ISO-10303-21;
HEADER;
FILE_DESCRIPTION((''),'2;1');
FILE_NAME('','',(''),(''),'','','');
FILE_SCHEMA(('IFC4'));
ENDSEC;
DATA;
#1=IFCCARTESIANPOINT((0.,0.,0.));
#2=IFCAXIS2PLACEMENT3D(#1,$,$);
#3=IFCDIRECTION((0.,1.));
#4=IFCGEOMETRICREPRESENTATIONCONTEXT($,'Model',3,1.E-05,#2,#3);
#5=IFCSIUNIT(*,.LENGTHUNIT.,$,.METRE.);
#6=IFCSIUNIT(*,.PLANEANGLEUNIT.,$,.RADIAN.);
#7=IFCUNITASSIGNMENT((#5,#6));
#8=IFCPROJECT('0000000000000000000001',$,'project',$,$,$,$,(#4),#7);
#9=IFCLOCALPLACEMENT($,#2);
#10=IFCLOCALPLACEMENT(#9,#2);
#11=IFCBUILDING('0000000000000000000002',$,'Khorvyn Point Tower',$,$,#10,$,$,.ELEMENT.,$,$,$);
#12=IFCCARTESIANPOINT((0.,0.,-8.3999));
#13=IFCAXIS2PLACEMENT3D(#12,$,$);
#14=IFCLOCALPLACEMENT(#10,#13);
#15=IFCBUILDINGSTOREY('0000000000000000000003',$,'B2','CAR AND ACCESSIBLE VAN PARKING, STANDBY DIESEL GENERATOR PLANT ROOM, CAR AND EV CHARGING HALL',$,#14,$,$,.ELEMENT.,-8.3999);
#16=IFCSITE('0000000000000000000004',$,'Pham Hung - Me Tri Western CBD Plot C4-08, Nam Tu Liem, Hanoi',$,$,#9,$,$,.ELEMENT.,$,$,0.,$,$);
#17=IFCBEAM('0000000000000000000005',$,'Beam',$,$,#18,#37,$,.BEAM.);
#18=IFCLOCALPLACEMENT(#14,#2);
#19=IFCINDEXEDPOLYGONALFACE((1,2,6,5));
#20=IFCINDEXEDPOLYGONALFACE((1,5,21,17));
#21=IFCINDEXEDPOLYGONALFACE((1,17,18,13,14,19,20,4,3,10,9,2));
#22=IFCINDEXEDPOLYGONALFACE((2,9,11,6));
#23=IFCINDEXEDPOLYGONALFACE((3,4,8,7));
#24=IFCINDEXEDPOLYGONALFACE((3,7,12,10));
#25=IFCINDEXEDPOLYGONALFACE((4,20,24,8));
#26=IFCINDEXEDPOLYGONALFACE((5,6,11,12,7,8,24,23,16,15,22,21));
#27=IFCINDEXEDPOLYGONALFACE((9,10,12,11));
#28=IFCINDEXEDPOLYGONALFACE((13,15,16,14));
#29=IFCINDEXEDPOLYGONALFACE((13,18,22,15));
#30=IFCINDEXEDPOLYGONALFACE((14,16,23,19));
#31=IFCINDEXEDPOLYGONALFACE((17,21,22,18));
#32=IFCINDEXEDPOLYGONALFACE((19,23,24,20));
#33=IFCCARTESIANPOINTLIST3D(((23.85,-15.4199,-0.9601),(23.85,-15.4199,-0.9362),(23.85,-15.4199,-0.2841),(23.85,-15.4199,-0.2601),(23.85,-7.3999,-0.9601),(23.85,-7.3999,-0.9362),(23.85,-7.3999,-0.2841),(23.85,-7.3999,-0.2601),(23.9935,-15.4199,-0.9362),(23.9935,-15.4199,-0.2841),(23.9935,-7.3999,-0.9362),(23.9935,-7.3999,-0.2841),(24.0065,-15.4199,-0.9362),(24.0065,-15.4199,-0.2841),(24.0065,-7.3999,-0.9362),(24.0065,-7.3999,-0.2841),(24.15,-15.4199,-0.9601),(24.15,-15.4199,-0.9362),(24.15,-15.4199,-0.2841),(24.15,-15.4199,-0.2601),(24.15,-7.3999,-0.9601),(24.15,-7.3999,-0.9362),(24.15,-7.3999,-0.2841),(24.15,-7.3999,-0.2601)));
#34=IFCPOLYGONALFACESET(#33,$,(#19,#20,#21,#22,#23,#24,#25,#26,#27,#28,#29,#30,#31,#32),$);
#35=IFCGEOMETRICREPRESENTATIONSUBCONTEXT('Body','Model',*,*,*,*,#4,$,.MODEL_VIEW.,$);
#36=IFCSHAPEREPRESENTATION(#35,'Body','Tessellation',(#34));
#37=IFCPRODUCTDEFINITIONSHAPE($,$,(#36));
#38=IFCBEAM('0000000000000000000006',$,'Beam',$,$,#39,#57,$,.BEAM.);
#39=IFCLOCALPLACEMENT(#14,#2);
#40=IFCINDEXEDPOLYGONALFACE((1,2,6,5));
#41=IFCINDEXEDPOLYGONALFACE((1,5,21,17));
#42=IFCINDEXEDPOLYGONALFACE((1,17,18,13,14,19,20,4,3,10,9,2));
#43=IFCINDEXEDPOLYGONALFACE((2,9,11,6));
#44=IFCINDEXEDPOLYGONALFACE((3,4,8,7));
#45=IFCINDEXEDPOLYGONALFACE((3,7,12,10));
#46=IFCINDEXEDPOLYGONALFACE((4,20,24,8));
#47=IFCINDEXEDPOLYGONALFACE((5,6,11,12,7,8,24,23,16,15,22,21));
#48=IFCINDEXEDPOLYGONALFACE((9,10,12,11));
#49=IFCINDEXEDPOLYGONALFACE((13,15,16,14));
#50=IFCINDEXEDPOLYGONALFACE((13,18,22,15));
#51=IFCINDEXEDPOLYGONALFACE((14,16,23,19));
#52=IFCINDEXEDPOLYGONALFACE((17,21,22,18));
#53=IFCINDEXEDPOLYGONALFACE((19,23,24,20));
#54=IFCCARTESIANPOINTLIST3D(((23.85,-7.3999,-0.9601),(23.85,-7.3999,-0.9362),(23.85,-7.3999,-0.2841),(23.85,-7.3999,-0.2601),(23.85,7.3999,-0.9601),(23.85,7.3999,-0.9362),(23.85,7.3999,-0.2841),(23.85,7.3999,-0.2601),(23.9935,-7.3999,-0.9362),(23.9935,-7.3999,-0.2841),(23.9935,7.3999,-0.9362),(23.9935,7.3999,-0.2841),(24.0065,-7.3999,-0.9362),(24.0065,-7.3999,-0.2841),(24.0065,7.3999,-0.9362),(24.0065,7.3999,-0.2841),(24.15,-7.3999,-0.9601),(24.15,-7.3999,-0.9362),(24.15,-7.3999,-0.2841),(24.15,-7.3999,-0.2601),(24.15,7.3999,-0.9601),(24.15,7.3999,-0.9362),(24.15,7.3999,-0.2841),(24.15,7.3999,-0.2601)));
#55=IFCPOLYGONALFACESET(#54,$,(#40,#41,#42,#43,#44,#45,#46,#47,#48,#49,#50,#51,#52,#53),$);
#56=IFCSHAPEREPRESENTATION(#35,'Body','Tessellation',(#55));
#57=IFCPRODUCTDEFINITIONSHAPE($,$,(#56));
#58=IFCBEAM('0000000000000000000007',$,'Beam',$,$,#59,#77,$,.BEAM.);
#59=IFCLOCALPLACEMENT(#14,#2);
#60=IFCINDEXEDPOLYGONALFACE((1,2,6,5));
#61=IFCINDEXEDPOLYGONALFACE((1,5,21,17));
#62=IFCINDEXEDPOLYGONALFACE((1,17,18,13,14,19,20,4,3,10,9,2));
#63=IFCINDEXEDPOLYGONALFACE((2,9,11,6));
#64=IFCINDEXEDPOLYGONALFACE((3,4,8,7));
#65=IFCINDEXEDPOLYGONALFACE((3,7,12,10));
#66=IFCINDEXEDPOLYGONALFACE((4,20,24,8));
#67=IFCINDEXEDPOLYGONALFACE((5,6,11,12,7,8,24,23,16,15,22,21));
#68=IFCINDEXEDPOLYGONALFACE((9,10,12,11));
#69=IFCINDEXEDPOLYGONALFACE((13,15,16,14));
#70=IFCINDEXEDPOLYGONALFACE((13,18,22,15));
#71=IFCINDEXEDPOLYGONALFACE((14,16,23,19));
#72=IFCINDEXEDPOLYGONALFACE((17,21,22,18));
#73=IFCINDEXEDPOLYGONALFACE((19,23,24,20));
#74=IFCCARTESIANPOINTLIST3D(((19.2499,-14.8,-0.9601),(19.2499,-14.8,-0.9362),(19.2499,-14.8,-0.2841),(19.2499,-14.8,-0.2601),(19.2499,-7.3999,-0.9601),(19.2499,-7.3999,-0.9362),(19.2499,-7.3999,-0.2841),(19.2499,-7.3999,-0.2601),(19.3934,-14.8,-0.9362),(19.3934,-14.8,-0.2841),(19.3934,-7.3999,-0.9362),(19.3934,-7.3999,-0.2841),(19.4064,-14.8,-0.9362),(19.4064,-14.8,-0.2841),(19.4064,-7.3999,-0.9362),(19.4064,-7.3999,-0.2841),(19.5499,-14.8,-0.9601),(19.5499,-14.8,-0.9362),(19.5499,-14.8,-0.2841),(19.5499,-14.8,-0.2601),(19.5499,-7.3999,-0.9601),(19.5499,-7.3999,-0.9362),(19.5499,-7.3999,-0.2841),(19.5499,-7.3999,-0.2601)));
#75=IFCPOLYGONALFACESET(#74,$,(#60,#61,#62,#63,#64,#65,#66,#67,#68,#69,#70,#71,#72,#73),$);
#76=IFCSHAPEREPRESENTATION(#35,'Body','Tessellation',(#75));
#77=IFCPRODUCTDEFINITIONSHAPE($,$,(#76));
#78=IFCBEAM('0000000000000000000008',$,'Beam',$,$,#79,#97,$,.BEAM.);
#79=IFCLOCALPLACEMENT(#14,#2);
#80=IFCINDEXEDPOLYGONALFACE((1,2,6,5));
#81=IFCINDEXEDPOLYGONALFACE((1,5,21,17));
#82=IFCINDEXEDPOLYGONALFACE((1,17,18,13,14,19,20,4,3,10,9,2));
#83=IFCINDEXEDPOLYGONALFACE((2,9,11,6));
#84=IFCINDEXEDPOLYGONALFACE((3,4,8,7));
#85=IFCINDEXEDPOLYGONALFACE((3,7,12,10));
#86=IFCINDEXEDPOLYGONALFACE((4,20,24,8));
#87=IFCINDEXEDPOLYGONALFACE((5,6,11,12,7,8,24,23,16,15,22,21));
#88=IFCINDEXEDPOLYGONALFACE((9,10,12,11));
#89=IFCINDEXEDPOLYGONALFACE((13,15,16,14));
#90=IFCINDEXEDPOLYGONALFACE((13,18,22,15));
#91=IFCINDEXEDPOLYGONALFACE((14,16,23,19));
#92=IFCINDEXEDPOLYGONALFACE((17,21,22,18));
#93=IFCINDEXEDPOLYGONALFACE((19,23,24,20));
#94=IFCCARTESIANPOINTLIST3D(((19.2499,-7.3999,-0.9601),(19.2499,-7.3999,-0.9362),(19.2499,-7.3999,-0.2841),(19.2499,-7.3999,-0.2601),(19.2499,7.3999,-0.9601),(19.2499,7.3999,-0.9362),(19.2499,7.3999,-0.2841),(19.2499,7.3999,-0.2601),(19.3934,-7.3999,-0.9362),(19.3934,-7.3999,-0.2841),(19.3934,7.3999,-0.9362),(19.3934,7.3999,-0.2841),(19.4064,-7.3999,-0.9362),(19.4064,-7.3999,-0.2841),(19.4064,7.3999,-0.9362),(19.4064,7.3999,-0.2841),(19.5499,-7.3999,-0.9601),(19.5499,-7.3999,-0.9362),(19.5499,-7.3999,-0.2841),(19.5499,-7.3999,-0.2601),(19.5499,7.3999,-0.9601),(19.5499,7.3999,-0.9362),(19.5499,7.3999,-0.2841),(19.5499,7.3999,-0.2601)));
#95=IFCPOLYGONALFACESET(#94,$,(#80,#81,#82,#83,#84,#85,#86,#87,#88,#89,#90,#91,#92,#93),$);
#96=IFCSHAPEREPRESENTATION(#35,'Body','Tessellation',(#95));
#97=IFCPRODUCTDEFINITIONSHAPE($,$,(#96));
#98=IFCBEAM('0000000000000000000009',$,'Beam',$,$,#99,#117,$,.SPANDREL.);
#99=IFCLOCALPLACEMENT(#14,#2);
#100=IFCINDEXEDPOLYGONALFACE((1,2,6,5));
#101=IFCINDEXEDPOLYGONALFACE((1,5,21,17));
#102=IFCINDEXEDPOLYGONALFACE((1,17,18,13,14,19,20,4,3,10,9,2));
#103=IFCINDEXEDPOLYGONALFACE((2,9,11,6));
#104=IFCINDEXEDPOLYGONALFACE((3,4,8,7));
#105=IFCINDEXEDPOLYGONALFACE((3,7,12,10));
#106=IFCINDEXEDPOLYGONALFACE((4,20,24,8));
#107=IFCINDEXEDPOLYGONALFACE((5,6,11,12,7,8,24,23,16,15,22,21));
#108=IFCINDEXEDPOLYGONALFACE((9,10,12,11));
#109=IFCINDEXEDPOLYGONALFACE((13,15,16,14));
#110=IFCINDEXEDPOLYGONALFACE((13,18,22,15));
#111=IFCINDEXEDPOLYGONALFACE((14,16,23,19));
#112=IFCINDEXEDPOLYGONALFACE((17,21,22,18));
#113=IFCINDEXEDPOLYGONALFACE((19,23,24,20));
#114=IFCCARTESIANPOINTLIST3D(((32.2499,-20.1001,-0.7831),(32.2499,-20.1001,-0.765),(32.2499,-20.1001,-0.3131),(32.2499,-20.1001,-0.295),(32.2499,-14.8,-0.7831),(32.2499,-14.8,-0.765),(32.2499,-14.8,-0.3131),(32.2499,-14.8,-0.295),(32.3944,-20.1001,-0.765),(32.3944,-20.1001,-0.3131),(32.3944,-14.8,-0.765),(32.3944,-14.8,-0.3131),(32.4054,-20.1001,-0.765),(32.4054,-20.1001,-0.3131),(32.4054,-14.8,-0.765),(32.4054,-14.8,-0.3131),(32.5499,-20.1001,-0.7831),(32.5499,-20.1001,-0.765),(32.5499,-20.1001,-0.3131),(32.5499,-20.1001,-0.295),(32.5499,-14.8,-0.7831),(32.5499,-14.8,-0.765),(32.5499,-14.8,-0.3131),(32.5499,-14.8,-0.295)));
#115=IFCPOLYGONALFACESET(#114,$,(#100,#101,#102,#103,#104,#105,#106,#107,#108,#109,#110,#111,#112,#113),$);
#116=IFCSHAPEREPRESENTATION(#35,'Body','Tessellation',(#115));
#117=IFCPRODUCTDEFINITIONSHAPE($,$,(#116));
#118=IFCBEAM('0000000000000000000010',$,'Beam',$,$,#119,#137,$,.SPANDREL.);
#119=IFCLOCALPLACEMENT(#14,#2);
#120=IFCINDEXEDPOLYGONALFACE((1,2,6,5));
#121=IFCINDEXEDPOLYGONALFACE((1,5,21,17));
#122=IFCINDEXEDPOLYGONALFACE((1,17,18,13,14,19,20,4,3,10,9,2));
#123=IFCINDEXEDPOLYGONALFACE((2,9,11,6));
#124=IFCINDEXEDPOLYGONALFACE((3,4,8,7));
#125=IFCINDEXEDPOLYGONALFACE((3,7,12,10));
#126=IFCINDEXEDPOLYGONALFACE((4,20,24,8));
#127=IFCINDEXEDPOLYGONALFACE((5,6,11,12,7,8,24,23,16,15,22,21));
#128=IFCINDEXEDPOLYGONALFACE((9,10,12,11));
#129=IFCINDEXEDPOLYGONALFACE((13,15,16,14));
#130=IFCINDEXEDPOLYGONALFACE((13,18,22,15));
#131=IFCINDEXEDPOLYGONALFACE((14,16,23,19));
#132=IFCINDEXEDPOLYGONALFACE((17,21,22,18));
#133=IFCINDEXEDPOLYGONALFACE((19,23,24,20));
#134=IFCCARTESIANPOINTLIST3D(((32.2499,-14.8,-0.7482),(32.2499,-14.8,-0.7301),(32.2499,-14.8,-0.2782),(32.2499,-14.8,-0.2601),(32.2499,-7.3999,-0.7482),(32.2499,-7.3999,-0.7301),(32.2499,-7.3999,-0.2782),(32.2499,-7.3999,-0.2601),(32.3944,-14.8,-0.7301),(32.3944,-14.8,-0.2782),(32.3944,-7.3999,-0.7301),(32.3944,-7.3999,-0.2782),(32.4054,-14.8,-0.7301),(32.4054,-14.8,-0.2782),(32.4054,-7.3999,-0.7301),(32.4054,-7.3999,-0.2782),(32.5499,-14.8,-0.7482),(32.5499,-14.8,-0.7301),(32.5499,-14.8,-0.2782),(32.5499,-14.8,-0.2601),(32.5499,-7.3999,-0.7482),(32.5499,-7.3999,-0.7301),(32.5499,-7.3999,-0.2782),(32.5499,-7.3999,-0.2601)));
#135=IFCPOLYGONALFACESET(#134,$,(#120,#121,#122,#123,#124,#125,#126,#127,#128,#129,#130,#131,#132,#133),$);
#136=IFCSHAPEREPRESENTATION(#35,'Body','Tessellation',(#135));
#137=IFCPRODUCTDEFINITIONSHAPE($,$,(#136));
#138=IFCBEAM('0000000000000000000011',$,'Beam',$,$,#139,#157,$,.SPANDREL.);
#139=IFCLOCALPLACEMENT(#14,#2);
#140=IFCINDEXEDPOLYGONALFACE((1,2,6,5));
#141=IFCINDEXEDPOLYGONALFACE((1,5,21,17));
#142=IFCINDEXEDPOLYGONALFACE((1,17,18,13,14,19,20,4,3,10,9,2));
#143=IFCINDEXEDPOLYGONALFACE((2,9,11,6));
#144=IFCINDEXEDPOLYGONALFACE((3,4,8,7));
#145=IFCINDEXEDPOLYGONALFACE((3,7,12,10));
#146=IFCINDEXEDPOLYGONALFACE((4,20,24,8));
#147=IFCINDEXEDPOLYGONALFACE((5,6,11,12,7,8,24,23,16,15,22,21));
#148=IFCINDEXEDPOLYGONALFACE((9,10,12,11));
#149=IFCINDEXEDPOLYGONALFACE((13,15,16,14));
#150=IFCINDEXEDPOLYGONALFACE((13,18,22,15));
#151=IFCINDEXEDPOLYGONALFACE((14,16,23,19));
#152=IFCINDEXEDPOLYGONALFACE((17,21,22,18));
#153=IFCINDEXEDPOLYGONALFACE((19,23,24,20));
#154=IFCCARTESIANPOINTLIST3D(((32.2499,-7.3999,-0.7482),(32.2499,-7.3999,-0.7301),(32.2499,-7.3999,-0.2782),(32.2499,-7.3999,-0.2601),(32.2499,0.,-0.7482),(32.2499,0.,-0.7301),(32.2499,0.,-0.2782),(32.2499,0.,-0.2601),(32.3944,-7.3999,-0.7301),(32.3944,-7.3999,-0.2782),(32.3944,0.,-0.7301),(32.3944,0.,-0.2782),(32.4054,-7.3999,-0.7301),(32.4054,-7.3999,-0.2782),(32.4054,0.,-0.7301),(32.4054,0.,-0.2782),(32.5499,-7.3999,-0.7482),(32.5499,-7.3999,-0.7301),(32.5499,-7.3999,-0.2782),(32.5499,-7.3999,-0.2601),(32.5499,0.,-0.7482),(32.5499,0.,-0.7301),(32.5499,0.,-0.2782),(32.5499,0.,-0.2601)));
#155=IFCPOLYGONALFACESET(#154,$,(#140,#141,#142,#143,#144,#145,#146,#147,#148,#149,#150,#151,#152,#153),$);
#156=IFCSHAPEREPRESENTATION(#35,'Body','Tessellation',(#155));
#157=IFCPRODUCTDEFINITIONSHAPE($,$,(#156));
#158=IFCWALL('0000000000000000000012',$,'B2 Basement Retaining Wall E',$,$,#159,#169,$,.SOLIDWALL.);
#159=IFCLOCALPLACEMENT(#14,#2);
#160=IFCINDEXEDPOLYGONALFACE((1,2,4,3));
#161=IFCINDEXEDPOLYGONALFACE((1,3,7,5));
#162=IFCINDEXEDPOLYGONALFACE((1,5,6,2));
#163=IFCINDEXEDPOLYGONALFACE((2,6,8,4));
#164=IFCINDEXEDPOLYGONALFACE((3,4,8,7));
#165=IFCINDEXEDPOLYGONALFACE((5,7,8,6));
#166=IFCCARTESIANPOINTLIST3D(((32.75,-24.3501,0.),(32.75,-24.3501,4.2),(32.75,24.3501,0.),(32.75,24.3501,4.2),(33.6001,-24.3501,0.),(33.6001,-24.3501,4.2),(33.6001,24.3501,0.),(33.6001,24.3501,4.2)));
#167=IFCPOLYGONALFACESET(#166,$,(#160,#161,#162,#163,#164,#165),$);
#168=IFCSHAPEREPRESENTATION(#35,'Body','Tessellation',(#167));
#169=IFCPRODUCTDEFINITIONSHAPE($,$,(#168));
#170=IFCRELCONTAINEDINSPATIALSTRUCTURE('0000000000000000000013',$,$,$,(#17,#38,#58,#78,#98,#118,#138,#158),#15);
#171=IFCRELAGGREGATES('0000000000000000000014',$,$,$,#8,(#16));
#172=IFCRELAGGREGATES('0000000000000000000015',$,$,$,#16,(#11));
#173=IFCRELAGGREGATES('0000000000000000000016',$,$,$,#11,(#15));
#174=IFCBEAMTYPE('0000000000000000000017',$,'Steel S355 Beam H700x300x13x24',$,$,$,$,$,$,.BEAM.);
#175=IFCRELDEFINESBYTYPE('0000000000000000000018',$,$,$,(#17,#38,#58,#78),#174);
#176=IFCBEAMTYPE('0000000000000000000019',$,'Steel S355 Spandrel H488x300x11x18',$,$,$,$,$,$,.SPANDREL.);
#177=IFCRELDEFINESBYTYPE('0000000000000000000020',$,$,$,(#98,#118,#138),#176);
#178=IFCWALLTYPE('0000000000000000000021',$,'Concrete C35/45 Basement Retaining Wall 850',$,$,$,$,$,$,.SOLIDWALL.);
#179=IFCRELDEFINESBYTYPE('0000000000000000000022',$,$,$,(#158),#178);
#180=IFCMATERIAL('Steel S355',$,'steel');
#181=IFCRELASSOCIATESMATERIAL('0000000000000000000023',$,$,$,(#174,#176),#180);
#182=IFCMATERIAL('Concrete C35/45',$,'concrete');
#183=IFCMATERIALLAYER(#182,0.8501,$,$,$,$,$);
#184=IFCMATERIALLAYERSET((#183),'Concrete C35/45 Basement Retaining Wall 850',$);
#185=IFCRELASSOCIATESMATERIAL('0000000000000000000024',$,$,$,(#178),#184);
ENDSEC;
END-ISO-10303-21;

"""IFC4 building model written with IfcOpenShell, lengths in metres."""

from ifc_helpers import new_model, si_unit, direction, frame, frame_2d, origin, origin_2d, place, context, subcontext, project, spatial, rectangle, i_section, extrude, material, layer, layer_set, material_profile, profile_set, type_object, element, save


model = new_model("IFC4")

# Units and contexts
model_context = context("Model", 3, precision=1e-05, world=origin(), true_north=direction((0.0, 1.0)))
body_context = subcontext(model_context, "Body", "Model", "MODEL_VIEW")
ifc_project = project(units=[si_unit("LENGTHUNIT", "METRE"), si_unit("PLANEANGLEUNIT", "RADIAN")], contexts=[model_context])

# Site, building, storey
site_placement = place(None, origin())
site = spatial("IfcSite", under=ifc_project, at=site_placement, Name="Pham Hung - Me Tri Western CBD Plot C4-08, Nam Tu Liem, Hanoi", CompositionType="ELEMENT", RefElevation=0.0)
building_placement = place(site_placement, origin())
building = spatial("IfcBuilding", under=site, at=building_placement, Name="Khorvyn Point Tower", CompositionType="ELEMENT")
storey_placement = place(building_placement, frame((0.0, 0.0, -8.3999)))
storey = spatial("IfcBuildingStorey", under=building, at=storey_placement, Name="B2", Description="CAR AND ACCESSIBLE VAN PARKING, STANDBY DIESEL GENERATOR PLANT ROOM, CAR AND EV CHARGING HALL", CompositionType="ELEMENT", Elevation=-8.3999)

# Beams
ifc_material_1 = material(Name="Steel S355", Category="steel")
ifc_material_profile_1 = material_profile(ifc_material_1, i_section(OverallWidth=0.3, OverallDepth=0.7, WebThickness=0.0129, FlangeThickness=0.0239, at=origin_2d()))
ifc_profile_set_1 = profile_set([ifc_material_profile_1], Name="Steel S355 H700x300x13x24")
beam_type_1 = type_object("IfcBeamType", Name="Steel S355 Beam H700x300x13x24", PredefinedType="BEAM", material=ifc_profile_set_1)
beam_1_placement = place(storey_placement, frame((24.0, -15.4199, -0.6101), z_axis=(0.0, 1.0, 0.0), x_axis=(-1.0, 0.0, 0.0)))
element("IfcBeam", 1, at=beam_1_placement, inside=storey, type_object=beam_type_1, Name="Beam", PredefinedType="BEAM", context=body_context, shape_type="SweptSolid", body=[
    extrude(i_section(OverallWidth=0.3, OverallDepth=0.7, WebThickness=0.0129, FlangeThickness=0.0239, at=origin_2d()), origin(), (0.0, 0.0, 1.0), 8.02),
])
beam_2_placement = place(storey_placement, frame((24.0, -7.3999, -0.6101), z_axis=(0.0, 1.0, 0.0), x_axis=(-1.0, 0.0, 0.0)))
element("IfcBeam", 2, at=beam_2_placement, inside=storey, type_object=beam_type_1, Name="Beam", PredefinedType="BEAM", context=body_context, shape_type="SweptSolid", body=[
    extrude(i_section(OverallWidth=0.3, OverallDepth=0.7, WebThickness=0.0129, FlangeThickness=0.0239, at=origin_2d()), origin(), (0.0, 0.0, 1.0), 14.7998),
])
beam_3_placement = place(storey_placement, frame((19.3999, -14.8, -0.6101), z_axis=(0.0, 1.0, 0.0), x_axis=(-1.0, 0.0, 0.0)))
element("IfcBeam", 3, at=beam_3_placement, inside=storey, type_object=beam_type_1, Name="Beam", PredefinedType="BEAM", context=body_context, shape_type="SweptSolid", body=[
    extrude(i_section(OverallWidth=0.3, OverallDepth=0.7, WebThickness=0.0129, FlangeThickness=0.0239, at=origin_2d()), origin(), (0.0, 0.0, 1.0), 7.4001),
])
beam_4_placement = place(storey_placement, frame((19.3999, -7.3999, -0.6101), z_axis=(0.0, 1.0, 0.0), x_axis=(-1.0, 0.0, 0.0)))
element("IfcBeam", 4, at=beam_4_placement, inside=storey, type_object=beam_type_1, Name="Beam", PredefinedType="BEAM", context=body_context, shape_type="SweptSolid", body=[
    extrude(i_section(OverallWidth=0.3, OverallDepth=0.7, WebThickness=0.0129, FlangeThickness=0.0239, at=origin_2d()), origin(), (0.0, 0.0, 1.0), 14.7998),
])
ifc_material_profile_2 = material_profile(ifc_material_1, i_section(OverallWidth=0.3, OverallDepth=0.488, WebThickness=0.011, FlangeThickness=0.0181, at=origin_2d()))
ifc_profile_set_2 = profile_set([ifc_material_profile_2], Name="Steel S355 H488x300x11x18")
beam_type_2 = type_object("IfcBeamType", Name="Steel S355 Spandrel H488x300x11x18", PredefinedType="SPANDREL", material=ifc_profile_set_2)
beam_5_placement = place(storey_placement, frame((32.3999, -20.1001, -0.5391), z_axis=(0.0, 1.0, 0.0), x_axis=(-1.0, 0.0, 0.0)))
element("IfcBeam", 5, at=beam_5_placement, inside=storey, type_object=beam_type_2, Name="Beam", PredefinedType="SPANDREL", context=body_context, shape_type="SweptSolid", body=[
    extrude(i_section(OverallWidth=0.3, OverallDepth=0.488, WebThickness=0.011, FlangeThickness=0.0181, at=origin_2d()), origin(), (0.0, 0.0, 1.0), 5.3),
])
beam_6_placement = place(storey_placement, frame((32.3999, -14.8, -0.5042), z_axis=(0.0, 1.0, 0.0), x_axis=(-1.0, 0.0, 0.0)))
element("IfcBeam", 6, at=beam_6_placement, inside=storey, type_object=beam_type_2, Name="Beam", PredefinedType="SPANDREL", context=body_context, shape_type="SweptSolid", body=[
    extrude(i_section(OverallWidth=0.3, OverallDepth=0.488, WebThickness=0.011, FlangeThickness=0.0181, at=origin_2d()), origin(), (0.0, 0.0, 1.0), 7.4001),
])
beam_7_placement = place(storey_placement, frame((32.3999, -7.3999, -0.5042), z_axis=(0.0, 1.0, 0.0), x_axis=(-1.0, 0.0, 0.0)))
element("IfcBeam", 7, at=beam_7_placement, inside=storey, type_object=beam_type_2, Name="Beam", PredefinedType="SPANDREL", context=body_context, shape_type="SweptSolid", body=[
    extrude(i_section(OverallWidth=0.3, OverallDepth=0.488, WebThickness=0.011, FlangeThickness=0.0181, at=origin_2d()), origin(), (0.0, 0.0, 1.0), 7.3999),
])

# Wall
ifc_material_2 = material(Name="Concrete C35/45", Category="concrete")
ifc_layer = layer(ifc_material_2, 0.8501)
ifc_layer_set = layer_set([ifc_layer], Name="Concrete C35/45 Basement Retaining Wall 850")
wall_type = type_object("IfcWallType", Name="Concrete C35/45 Basement Retaining Wall 850", PredefinedType="SOLIDWALL", material=ifc_layer_set)
wall_placement = place(storey_placement, frame((33.175, -24.3501, 0.0), z_axis=(0.0, 0.0, 1.0), x_axis=(0.0, 1.0, 0.0)))
element("IfcWall", 8, at=wall_placement, inside=storey, type_object=wall_type, Name="B2 Basement Retaining Wall E", PredefinedType="SOLIDWALL", context=body_context, shape_type="SweptSolid", body=[
    extrude(rectangle(XDim=48.7002, YDim=0.8501, at=frame_2d((24.3501, 0.0))), origin(), (0.0, 0.0, 1.0), 4.2),
])

save(model, "model.ifc")
